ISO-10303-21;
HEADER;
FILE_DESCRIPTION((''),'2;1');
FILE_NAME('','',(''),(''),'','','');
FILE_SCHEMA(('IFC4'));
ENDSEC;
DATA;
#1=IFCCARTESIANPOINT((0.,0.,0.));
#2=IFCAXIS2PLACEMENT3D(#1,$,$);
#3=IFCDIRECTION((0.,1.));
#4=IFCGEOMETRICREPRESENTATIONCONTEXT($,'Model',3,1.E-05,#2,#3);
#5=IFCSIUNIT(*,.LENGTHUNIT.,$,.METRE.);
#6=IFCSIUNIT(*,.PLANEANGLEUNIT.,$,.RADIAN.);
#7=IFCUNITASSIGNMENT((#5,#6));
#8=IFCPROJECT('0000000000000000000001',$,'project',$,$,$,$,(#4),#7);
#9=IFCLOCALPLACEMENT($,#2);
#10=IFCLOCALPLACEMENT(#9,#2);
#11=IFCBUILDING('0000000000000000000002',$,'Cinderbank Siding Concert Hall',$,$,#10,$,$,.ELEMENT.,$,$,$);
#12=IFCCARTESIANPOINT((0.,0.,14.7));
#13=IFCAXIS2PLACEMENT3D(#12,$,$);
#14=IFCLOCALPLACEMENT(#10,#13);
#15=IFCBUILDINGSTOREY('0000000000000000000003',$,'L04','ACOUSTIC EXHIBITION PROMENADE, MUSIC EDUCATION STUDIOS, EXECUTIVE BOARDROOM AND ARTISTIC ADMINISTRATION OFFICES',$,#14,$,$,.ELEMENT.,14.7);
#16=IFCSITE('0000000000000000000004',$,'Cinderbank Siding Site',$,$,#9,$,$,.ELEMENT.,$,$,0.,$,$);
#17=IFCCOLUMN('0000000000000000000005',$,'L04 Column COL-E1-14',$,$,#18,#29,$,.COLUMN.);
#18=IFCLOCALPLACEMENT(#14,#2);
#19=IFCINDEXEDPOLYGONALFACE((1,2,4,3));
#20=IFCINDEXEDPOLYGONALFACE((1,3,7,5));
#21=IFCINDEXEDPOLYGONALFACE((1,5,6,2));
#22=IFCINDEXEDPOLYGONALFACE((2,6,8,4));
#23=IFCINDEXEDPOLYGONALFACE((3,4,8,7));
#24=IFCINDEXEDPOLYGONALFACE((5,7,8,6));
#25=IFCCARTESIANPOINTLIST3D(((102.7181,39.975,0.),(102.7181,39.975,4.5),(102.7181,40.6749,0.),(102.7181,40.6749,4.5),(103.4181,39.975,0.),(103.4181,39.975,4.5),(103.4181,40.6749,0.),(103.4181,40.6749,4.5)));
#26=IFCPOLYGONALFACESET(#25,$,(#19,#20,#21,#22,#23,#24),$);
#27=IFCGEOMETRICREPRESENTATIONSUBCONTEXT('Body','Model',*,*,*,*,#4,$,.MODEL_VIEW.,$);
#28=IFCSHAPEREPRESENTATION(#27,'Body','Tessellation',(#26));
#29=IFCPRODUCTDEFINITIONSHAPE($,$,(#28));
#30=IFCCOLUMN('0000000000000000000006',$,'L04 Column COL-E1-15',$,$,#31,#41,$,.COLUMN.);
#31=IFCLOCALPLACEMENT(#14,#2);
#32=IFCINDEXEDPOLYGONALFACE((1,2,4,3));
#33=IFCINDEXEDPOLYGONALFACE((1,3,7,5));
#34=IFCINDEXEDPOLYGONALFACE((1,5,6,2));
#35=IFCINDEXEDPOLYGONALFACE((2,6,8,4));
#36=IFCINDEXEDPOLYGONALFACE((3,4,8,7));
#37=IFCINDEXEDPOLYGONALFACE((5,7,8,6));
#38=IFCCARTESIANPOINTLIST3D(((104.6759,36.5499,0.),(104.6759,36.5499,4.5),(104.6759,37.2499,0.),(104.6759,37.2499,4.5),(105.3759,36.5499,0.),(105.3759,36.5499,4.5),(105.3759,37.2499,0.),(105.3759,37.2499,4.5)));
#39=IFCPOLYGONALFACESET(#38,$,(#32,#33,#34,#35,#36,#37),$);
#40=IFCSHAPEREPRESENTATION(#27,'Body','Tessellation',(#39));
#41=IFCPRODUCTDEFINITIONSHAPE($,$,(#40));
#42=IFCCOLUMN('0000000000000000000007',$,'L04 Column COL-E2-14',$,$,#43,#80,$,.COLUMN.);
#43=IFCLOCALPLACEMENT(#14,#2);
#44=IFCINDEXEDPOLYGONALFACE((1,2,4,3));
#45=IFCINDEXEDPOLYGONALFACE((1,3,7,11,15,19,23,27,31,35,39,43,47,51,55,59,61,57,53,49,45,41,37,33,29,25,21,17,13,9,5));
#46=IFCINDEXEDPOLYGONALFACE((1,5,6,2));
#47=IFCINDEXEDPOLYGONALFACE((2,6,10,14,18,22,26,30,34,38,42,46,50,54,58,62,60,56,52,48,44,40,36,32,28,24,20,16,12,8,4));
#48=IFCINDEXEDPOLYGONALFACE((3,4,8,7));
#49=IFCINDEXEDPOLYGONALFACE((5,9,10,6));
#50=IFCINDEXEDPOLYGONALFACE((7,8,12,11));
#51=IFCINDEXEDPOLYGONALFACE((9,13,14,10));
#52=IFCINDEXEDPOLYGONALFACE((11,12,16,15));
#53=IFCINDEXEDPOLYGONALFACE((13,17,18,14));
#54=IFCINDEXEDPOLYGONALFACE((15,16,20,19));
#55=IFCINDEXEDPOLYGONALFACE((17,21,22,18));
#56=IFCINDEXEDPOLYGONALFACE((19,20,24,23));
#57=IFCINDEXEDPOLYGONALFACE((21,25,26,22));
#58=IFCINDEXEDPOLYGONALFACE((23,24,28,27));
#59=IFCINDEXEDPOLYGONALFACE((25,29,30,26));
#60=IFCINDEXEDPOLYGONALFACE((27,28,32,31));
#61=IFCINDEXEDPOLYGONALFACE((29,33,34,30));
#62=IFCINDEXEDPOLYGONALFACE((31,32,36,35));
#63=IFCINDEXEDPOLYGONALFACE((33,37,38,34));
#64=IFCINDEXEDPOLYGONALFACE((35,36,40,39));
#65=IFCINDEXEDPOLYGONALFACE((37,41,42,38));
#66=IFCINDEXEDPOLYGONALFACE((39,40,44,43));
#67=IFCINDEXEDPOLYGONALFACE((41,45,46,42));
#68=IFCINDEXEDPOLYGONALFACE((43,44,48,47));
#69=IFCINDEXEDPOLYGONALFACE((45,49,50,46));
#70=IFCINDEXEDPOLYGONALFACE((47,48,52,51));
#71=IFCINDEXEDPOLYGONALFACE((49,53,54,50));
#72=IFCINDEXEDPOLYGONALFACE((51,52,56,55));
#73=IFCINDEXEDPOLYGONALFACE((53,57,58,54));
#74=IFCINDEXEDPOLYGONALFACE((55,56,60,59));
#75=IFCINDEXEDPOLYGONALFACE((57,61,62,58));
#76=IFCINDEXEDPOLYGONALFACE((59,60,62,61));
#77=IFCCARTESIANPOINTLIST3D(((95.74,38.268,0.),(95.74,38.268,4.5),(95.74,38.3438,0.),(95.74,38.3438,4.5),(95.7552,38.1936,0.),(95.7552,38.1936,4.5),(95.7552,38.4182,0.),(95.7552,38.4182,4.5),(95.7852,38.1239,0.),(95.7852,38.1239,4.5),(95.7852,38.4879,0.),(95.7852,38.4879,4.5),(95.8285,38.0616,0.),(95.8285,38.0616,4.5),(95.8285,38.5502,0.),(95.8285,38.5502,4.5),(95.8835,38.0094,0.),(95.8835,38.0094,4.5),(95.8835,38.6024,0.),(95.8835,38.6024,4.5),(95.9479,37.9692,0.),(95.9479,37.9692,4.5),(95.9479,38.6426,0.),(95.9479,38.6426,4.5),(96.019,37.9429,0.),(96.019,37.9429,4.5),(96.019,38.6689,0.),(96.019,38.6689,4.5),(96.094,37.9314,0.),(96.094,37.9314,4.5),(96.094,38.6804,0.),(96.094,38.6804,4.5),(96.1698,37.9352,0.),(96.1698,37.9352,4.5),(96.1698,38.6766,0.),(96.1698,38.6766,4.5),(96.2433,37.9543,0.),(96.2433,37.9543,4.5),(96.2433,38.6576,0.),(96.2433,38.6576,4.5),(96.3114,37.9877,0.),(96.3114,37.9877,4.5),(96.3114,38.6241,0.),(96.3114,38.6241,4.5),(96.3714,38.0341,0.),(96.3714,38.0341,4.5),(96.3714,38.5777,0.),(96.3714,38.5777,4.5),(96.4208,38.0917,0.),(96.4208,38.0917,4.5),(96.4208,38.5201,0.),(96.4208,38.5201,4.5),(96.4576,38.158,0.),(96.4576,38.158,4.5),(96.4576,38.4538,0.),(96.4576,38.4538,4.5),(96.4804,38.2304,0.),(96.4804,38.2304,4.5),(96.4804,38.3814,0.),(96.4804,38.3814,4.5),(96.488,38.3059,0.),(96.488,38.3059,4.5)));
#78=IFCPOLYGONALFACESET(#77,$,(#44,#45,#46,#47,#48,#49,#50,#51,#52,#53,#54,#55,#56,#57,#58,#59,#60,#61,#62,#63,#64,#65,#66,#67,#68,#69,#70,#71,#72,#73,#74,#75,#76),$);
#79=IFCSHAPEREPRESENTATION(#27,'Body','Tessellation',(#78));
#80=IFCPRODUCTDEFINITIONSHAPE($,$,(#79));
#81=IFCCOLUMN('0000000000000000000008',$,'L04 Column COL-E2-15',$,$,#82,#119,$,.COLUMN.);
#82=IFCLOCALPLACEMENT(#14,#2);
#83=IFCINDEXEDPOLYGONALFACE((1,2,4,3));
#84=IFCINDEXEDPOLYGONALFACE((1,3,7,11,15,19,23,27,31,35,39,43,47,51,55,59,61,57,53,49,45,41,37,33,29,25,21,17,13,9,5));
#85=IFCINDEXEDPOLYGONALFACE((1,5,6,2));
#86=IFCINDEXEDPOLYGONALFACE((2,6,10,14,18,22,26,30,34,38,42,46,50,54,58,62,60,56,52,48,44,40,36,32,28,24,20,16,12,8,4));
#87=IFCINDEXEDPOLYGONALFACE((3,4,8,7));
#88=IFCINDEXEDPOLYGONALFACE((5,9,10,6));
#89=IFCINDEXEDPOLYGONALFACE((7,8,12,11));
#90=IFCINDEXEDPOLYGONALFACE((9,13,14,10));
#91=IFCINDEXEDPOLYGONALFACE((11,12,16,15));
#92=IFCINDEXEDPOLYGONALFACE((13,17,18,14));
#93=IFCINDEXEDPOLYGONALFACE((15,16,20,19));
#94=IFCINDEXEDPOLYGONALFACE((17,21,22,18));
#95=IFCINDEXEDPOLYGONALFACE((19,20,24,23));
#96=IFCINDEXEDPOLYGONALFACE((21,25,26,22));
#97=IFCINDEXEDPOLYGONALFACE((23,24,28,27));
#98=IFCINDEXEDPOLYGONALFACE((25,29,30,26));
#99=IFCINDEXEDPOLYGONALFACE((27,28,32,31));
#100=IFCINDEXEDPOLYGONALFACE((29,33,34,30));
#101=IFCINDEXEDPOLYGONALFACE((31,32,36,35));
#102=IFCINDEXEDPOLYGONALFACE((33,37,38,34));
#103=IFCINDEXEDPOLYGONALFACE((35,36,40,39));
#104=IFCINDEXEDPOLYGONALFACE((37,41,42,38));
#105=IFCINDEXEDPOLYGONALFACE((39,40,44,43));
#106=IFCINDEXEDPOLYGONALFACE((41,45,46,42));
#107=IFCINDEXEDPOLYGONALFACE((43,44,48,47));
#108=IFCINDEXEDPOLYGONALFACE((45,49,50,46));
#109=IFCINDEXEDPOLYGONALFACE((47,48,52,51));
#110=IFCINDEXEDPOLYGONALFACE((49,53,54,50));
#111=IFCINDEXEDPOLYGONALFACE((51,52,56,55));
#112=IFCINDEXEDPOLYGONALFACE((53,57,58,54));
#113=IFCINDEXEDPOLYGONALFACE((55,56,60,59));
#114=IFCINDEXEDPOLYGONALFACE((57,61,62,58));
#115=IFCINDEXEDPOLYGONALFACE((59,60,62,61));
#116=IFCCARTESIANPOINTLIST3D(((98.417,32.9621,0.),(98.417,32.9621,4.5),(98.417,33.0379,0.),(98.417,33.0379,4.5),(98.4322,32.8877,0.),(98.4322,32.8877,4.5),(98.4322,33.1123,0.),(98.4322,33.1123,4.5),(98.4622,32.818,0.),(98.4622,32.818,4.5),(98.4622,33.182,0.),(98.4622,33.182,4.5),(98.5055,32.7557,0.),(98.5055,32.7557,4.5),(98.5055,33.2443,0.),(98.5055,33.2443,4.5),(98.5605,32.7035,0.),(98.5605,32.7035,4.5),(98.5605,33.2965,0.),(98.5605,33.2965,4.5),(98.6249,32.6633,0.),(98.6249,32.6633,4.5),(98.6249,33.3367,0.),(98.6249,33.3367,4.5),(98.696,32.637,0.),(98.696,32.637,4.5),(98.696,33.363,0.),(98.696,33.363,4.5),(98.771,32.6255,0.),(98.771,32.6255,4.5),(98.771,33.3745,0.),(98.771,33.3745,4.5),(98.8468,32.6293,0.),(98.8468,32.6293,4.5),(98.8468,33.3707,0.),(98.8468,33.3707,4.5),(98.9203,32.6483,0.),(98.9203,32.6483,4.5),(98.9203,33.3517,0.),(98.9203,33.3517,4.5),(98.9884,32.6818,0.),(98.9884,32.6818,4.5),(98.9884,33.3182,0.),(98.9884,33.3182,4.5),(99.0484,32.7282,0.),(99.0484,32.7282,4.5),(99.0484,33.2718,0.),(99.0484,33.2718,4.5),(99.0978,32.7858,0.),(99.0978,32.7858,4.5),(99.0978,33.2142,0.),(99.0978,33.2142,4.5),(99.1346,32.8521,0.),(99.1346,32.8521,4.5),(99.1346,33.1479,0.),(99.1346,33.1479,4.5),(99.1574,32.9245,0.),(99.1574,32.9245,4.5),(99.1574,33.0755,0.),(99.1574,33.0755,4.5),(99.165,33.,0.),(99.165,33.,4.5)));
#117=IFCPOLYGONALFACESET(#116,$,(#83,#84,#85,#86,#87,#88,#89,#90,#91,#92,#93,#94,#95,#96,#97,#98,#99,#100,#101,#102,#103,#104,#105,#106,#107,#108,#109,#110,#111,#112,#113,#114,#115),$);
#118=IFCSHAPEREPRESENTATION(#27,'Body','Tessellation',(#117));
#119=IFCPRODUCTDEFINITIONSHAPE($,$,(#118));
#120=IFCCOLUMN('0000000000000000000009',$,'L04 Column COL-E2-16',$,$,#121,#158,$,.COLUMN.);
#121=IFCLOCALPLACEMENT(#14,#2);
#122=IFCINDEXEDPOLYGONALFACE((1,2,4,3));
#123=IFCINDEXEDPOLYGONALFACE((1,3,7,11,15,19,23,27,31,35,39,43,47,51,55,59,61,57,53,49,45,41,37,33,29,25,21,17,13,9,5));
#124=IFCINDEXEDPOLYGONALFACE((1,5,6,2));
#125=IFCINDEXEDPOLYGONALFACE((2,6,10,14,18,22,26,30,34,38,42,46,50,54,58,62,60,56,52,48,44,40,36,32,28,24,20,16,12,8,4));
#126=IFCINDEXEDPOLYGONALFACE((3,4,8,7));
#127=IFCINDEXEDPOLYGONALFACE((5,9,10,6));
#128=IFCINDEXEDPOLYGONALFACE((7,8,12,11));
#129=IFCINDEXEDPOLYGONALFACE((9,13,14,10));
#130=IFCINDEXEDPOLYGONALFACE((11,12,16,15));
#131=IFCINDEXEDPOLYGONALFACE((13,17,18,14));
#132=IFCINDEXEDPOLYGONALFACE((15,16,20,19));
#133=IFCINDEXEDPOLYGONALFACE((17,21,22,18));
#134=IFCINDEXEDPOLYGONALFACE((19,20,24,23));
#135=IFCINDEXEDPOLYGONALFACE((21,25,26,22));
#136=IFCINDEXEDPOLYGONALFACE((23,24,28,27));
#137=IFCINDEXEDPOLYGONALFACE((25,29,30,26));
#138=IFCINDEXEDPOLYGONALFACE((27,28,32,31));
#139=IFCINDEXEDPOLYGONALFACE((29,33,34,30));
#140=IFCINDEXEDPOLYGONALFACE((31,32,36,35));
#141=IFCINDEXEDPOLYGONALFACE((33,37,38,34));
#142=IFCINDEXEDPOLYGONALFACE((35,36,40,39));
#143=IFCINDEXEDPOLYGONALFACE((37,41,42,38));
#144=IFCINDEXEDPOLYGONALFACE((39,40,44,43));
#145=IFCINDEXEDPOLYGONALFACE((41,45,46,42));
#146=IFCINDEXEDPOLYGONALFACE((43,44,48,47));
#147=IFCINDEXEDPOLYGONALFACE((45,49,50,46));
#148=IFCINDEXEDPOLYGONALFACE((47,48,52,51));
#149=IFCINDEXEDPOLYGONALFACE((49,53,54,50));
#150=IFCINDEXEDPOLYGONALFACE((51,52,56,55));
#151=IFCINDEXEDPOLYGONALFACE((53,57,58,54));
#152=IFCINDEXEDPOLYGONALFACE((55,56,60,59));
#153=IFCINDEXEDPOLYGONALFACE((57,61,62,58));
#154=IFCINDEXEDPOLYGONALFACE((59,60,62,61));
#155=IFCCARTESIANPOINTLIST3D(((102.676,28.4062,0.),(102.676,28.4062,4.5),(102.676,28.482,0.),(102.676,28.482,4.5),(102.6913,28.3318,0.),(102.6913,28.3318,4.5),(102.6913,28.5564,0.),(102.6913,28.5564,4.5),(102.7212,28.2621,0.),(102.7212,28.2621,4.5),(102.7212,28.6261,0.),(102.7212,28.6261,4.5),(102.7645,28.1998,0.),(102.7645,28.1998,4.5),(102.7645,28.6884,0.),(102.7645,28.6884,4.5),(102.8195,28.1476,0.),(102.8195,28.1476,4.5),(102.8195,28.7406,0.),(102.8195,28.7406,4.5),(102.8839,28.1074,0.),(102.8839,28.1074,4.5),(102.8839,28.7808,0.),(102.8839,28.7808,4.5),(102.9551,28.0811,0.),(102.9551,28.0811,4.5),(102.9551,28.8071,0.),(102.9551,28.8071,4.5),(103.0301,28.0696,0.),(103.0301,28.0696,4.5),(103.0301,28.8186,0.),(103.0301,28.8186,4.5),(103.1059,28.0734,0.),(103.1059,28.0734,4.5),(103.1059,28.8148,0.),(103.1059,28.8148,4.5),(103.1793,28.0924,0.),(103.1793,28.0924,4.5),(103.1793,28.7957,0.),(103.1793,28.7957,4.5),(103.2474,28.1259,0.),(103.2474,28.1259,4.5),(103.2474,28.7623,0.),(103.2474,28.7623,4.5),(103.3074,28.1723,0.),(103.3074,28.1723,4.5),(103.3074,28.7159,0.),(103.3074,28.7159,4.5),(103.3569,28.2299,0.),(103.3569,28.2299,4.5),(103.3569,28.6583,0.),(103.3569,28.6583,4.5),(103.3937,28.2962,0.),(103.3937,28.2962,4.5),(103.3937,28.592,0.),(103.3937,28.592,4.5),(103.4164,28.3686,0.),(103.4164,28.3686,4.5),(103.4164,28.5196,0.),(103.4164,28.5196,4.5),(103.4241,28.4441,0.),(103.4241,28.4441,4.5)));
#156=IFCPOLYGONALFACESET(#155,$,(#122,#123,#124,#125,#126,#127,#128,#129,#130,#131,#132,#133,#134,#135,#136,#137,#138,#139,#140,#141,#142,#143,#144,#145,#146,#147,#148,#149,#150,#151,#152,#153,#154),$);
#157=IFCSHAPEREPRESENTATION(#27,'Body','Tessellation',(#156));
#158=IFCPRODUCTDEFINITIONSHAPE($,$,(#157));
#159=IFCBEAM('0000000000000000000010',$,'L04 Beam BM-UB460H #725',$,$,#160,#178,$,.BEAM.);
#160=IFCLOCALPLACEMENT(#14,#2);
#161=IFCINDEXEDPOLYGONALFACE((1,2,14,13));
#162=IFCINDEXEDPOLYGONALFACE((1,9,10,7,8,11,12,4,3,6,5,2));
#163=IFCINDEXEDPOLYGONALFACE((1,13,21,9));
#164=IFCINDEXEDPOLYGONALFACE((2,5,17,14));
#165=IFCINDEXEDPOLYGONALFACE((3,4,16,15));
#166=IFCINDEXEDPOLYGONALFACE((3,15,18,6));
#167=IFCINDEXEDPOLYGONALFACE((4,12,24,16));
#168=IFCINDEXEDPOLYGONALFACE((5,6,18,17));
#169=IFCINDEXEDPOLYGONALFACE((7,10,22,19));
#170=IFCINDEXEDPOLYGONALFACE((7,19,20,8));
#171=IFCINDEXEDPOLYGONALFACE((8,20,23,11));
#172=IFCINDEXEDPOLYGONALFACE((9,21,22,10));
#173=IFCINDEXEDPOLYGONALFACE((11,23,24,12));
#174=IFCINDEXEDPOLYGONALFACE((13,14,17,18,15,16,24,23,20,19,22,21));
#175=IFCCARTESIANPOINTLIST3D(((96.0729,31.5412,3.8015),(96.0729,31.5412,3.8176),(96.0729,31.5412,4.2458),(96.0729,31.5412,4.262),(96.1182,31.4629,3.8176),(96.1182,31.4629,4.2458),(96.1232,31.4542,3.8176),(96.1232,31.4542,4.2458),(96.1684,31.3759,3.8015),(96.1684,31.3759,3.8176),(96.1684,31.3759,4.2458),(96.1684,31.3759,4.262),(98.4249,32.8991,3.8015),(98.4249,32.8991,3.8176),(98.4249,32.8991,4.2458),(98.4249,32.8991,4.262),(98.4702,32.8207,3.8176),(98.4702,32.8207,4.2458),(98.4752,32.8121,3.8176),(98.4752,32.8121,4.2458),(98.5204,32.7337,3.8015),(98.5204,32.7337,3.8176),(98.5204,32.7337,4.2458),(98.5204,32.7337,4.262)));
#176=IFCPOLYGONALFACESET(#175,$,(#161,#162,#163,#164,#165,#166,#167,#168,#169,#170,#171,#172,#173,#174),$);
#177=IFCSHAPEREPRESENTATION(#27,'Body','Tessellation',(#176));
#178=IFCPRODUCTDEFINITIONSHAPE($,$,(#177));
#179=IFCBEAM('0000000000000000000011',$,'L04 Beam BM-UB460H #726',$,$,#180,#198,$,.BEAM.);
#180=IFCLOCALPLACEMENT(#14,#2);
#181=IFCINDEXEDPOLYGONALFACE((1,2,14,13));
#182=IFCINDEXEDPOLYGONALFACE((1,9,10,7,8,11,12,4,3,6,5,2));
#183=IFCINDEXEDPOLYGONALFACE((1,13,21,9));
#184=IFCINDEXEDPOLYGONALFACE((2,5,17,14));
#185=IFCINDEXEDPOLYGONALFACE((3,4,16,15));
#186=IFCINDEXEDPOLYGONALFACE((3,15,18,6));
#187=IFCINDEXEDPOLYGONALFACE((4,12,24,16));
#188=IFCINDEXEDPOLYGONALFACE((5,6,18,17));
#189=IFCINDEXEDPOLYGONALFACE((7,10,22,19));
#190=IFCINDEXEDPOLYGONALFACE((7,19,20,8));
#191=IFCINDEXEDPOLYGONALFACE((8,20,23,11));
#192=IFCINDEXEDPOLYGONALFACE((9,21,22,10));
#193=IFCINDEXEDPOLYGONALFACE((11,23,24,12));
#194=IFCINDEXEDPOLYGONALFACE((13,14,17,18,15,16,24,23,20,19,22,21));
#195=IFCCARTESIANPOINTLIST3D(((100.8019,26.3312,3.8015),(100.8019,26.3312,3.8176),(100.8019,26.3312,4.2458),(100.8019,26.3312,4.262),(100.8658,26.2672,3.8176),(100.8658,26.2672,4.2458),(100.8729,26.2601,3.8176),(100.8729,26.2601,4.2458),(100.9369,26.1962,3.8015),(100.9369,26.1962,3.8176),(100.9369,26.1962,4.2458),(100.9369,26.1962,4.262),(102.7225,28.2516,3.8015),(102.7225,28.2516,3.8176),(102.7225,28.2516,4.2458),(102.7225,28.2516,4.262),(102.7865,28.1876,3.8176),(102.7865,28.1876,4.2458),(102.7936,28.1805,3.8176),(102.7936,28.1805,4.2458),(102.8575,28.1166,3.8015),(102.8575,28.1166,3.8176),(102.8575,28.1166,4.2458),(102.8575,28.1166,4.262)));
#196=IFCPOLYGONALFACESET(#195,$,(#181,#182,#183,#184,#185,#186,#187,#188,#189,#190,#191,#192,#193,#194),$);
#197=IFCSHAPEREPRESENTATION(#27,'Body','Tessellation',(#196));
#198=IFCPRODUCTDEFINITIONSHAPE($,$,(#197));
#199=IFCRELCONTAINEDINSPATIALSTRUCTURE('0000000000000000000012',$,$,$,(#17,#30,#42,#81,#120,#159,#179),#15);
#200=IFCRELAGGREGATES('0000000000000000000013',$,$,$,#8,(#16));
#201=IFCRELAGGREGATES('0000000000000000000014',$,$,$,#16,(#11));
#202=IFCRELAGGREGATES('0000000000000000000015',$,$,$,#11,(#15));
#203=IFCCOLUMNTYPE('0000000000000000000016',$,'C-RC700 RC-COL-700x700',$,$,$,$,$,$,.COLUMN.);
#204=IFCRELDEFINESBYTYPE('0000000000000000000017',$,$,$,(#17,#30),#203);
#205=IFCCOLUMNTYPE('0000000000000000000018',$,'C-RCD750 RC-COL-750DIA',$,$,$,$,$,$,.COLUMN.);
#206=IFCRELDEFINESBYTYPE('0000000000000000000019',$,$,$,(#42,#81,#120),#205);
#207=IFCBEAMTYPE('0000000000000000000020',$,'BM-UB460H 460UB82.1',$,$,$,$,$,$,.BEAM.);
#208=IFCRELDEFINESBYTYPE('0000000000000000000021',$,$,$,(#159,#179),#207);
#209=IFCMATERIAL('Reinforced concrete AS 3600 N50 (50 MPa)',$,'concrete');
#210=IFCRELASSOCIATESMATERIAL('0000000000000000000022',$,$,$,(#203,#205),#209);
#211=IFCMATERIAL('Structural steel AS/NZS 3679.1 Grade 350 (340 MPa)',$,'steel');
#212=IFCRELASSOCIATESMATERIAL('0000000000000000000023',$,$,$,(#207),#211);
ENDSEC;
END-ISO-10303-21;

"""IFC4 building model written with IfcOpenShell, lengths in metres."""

from ifc_helpers import new_model, si_unit, direction, frame, origin, origin_2d, place, context, subcontext, project, spatial, rectangle, circle, i_section, extrude, material, material_profile, profile_set, type_object, element, save


model = new_model("IFC4")

# Units and contexts
model_context = context("Model", 3, precision=1e-05, world=origin(), true_north=direction((0.0, 1.0)))
body_context = subcontext(model_context, "Body", "Model", "MODEL_VIEW")
ifc_project = project(units=[si_unit("LENGTHUNIT", "METRE"), si_unit("PLANEANGLEUNIT", "RADIAN")], contexts=[model_context])

# Site, building, storey
site_placement = place(None, origin())
site = spatial("IfcSite", under=ifc_project, at=site_placement, Name="Cinderbank Siding Site", CompositionType="ELEMENT", RefElevation=0.0)
building_placement = place(site_placement, origin())
building = spatial("IfcBuilding", under=site, at=building_placement, Name="Cinderbank Siding Concert Hall", CompositionType="ELEMENT")
storey_placement = place(building_placement, frame((0.0, 0.0, 14.7)))
storey = spatial("IfcBuildingStorey", under=building, at=storey_placement, Name="L04", Description="ACOUSTIC EXHIBITION PROMENADE, MUSIC EDUCATION STUDIOS, EXECUTIVE BOARDROOM AND ARTISTIC ADMINISTRATION OFFICES", CompositionType="ELEMENT", Elevation=14.7)

# Columns
ifc_material_1 = material(Name="Reinforced concrete AS 3600 N50 (50 MPa)", Category="concrete")
ifc_material_profile_1 = material_profile(ifc_material_1, rectangle(XDim=0.7, YDim=0.7, at=origin_2d()), Name="RC-COL-700x700", Category="LoadBearing")
ifc_profile_set_1 = profile_set([ifc_material_profile_1], Name="Reinforced concrete AS 3600 N50 (50 MPa)")
column_type_1 = type_object("IfcColumnType", Name="C-RC700 RC-COL-700x700", PredefinedType="COLUMN", material=ifc_profile_set_1)
for number, where, z_axis, x_axis, name in (
    (1, (103.0681, 40.325, 0.0), (0.0, 0.0, 1.0), (1.0, 0.0, 0.0), "L04 Column COL-E1-14"),
    (2, (105.0259, 36.8999, 0.0), (0.0, 0.0, 1.0), (1.0, 0.0, 0.0), "L04 Column COL-E1-15"),
):
    element("IfcColumn", number, at=place(storey_placement, frame(where, z_axis=z_axis, x_axis=x_axis)), inside=storey, type_object=column_type_1, Name=name, PredefinedType="COLUMN", context=body_context, shape_type="SweptSolid", body=[
        extrude(rectangle(XDim=0.7, YDim=0.7, at=origin_2d()), origin(), (0.0, 0.0, 1.0), 4.5),
    ])
ifc_material_profile_2 = material_profile(ifc_material_1, circle(Radius=0.375, at=origin_2d()), Name="RC-COL-750DIA", Category="LoadBearing")
ifc_profile_set_2 = profile_set([ifc_material_profile_2], Name="Reinforced concrete AS 3600 N50 (50 MPa)")
column_type_2 = type_object("IfcColumnType", Name="C-RCD750 RC-COL-750DIA", PredefinedType="COLUMN", material=ifc_profile_set_2)
for number, where, z_axis, x_axis, name in (
    (3, (96.113, 38.3059, 0.0), (0.0, 0.0, 1.0), (1.0, 0.0, 0.0), "L04 Column COL-E2-14"),
    (4, (98.79, 33.0, 0.0), (0.0, 0.0, 1.0), (1.0, 0.0, 0.0), "L04 Column COL-E2-15"),
    (5, (103.0491, 28.4441, 0.0), (0.0, 0.0, 1.0), (1.0, 0.0, 0.0), "L04 Column COL-E2-16"),
):
    element("IfcColumn", number, at=place(storey_placement, frame(where, z_axis=z_axis, x_axis=x_axis)), inside=storey, type_object=column_type_2, Name=name, PredefinedType="COLUMN", context=body_context, shape_type="SweptSolid", body=[
        extrude(circle(Radius=0.375, at=origin_2d()), origin(), (0.0, 0.0, 1.0), 4.5),
    ])

# Beams
ifc_material_2 = material(Name="Structural steel AS/NZS 3679.1 Grade 350 (340 MPa)", Category="steel")
ifc_material_profile_3 = material_profile(ifc_material_2, i_section(OverallWidth=0.1909, OverallDepth=0.4604, WebThickness=0.01, FlangeThickness=0.0161, at=origin_2d()), Name="460UB82.1", Category="LoadBearing")
ifc_profile_set_3 = profile_set([ifc_material_profile_3], Name="Structural steel AS/NZS 3679.1 Grade 350 (340 MPa)")
beam_type_1 = type_object("IfcBeamType", Name="BM-UB460H 460UB82.1", PredefinedType="BEAM", material=ifc_profile_set_3)
beam_1_placement = place(storey_placement, frame((98.4727, 32.8164, 4.0317), z_axis=(-0.866033, -0.499987, 0.0), x_axis=(0.499987, -0.866033, 0.0)))
element("IfcBeam", 6, at=beam_1_placement, inside=storey, type_object=beam_type_1, Name="L04 Beam BM-UB460H #725", PredefinedType="BEAM", context=body_context, shape_type="SweptSolid", body=[
    extrude(i_section(OverallWidth=0.1909, OverallDepth=0.4604, WebThickness=0.01, FlangeThickness=0.0161, at=origin_2d()), origin(), (0.0, 0.0, 1.0), 2.7158),
])
beam_2_placement = place(storey_placement, frame((102.79, 28.1841, 4.0317), z_axis=(-0.707152, -0.707062, 0.0), x_axis=(0.707062, -0.707152, 0.0)))
element("IfcBeam", 7, at=beam_2_placement, inside=storey, type_object=beam_type_1, Name="L04 Beam BM-UB460H #726", PredefinedType="BEAM", context=body_context, shape_type="SweptSolid", body=[
    extrude(i_section(OverallWidth=0.1909, OverallDepth=0.4604, WebThickness=0.01, FlangeThickness=0.0161, at=origin_2d()), origin(), (0.0, 0.0, 1.0), 2.7161),
])

save(model, "model.ifc")
